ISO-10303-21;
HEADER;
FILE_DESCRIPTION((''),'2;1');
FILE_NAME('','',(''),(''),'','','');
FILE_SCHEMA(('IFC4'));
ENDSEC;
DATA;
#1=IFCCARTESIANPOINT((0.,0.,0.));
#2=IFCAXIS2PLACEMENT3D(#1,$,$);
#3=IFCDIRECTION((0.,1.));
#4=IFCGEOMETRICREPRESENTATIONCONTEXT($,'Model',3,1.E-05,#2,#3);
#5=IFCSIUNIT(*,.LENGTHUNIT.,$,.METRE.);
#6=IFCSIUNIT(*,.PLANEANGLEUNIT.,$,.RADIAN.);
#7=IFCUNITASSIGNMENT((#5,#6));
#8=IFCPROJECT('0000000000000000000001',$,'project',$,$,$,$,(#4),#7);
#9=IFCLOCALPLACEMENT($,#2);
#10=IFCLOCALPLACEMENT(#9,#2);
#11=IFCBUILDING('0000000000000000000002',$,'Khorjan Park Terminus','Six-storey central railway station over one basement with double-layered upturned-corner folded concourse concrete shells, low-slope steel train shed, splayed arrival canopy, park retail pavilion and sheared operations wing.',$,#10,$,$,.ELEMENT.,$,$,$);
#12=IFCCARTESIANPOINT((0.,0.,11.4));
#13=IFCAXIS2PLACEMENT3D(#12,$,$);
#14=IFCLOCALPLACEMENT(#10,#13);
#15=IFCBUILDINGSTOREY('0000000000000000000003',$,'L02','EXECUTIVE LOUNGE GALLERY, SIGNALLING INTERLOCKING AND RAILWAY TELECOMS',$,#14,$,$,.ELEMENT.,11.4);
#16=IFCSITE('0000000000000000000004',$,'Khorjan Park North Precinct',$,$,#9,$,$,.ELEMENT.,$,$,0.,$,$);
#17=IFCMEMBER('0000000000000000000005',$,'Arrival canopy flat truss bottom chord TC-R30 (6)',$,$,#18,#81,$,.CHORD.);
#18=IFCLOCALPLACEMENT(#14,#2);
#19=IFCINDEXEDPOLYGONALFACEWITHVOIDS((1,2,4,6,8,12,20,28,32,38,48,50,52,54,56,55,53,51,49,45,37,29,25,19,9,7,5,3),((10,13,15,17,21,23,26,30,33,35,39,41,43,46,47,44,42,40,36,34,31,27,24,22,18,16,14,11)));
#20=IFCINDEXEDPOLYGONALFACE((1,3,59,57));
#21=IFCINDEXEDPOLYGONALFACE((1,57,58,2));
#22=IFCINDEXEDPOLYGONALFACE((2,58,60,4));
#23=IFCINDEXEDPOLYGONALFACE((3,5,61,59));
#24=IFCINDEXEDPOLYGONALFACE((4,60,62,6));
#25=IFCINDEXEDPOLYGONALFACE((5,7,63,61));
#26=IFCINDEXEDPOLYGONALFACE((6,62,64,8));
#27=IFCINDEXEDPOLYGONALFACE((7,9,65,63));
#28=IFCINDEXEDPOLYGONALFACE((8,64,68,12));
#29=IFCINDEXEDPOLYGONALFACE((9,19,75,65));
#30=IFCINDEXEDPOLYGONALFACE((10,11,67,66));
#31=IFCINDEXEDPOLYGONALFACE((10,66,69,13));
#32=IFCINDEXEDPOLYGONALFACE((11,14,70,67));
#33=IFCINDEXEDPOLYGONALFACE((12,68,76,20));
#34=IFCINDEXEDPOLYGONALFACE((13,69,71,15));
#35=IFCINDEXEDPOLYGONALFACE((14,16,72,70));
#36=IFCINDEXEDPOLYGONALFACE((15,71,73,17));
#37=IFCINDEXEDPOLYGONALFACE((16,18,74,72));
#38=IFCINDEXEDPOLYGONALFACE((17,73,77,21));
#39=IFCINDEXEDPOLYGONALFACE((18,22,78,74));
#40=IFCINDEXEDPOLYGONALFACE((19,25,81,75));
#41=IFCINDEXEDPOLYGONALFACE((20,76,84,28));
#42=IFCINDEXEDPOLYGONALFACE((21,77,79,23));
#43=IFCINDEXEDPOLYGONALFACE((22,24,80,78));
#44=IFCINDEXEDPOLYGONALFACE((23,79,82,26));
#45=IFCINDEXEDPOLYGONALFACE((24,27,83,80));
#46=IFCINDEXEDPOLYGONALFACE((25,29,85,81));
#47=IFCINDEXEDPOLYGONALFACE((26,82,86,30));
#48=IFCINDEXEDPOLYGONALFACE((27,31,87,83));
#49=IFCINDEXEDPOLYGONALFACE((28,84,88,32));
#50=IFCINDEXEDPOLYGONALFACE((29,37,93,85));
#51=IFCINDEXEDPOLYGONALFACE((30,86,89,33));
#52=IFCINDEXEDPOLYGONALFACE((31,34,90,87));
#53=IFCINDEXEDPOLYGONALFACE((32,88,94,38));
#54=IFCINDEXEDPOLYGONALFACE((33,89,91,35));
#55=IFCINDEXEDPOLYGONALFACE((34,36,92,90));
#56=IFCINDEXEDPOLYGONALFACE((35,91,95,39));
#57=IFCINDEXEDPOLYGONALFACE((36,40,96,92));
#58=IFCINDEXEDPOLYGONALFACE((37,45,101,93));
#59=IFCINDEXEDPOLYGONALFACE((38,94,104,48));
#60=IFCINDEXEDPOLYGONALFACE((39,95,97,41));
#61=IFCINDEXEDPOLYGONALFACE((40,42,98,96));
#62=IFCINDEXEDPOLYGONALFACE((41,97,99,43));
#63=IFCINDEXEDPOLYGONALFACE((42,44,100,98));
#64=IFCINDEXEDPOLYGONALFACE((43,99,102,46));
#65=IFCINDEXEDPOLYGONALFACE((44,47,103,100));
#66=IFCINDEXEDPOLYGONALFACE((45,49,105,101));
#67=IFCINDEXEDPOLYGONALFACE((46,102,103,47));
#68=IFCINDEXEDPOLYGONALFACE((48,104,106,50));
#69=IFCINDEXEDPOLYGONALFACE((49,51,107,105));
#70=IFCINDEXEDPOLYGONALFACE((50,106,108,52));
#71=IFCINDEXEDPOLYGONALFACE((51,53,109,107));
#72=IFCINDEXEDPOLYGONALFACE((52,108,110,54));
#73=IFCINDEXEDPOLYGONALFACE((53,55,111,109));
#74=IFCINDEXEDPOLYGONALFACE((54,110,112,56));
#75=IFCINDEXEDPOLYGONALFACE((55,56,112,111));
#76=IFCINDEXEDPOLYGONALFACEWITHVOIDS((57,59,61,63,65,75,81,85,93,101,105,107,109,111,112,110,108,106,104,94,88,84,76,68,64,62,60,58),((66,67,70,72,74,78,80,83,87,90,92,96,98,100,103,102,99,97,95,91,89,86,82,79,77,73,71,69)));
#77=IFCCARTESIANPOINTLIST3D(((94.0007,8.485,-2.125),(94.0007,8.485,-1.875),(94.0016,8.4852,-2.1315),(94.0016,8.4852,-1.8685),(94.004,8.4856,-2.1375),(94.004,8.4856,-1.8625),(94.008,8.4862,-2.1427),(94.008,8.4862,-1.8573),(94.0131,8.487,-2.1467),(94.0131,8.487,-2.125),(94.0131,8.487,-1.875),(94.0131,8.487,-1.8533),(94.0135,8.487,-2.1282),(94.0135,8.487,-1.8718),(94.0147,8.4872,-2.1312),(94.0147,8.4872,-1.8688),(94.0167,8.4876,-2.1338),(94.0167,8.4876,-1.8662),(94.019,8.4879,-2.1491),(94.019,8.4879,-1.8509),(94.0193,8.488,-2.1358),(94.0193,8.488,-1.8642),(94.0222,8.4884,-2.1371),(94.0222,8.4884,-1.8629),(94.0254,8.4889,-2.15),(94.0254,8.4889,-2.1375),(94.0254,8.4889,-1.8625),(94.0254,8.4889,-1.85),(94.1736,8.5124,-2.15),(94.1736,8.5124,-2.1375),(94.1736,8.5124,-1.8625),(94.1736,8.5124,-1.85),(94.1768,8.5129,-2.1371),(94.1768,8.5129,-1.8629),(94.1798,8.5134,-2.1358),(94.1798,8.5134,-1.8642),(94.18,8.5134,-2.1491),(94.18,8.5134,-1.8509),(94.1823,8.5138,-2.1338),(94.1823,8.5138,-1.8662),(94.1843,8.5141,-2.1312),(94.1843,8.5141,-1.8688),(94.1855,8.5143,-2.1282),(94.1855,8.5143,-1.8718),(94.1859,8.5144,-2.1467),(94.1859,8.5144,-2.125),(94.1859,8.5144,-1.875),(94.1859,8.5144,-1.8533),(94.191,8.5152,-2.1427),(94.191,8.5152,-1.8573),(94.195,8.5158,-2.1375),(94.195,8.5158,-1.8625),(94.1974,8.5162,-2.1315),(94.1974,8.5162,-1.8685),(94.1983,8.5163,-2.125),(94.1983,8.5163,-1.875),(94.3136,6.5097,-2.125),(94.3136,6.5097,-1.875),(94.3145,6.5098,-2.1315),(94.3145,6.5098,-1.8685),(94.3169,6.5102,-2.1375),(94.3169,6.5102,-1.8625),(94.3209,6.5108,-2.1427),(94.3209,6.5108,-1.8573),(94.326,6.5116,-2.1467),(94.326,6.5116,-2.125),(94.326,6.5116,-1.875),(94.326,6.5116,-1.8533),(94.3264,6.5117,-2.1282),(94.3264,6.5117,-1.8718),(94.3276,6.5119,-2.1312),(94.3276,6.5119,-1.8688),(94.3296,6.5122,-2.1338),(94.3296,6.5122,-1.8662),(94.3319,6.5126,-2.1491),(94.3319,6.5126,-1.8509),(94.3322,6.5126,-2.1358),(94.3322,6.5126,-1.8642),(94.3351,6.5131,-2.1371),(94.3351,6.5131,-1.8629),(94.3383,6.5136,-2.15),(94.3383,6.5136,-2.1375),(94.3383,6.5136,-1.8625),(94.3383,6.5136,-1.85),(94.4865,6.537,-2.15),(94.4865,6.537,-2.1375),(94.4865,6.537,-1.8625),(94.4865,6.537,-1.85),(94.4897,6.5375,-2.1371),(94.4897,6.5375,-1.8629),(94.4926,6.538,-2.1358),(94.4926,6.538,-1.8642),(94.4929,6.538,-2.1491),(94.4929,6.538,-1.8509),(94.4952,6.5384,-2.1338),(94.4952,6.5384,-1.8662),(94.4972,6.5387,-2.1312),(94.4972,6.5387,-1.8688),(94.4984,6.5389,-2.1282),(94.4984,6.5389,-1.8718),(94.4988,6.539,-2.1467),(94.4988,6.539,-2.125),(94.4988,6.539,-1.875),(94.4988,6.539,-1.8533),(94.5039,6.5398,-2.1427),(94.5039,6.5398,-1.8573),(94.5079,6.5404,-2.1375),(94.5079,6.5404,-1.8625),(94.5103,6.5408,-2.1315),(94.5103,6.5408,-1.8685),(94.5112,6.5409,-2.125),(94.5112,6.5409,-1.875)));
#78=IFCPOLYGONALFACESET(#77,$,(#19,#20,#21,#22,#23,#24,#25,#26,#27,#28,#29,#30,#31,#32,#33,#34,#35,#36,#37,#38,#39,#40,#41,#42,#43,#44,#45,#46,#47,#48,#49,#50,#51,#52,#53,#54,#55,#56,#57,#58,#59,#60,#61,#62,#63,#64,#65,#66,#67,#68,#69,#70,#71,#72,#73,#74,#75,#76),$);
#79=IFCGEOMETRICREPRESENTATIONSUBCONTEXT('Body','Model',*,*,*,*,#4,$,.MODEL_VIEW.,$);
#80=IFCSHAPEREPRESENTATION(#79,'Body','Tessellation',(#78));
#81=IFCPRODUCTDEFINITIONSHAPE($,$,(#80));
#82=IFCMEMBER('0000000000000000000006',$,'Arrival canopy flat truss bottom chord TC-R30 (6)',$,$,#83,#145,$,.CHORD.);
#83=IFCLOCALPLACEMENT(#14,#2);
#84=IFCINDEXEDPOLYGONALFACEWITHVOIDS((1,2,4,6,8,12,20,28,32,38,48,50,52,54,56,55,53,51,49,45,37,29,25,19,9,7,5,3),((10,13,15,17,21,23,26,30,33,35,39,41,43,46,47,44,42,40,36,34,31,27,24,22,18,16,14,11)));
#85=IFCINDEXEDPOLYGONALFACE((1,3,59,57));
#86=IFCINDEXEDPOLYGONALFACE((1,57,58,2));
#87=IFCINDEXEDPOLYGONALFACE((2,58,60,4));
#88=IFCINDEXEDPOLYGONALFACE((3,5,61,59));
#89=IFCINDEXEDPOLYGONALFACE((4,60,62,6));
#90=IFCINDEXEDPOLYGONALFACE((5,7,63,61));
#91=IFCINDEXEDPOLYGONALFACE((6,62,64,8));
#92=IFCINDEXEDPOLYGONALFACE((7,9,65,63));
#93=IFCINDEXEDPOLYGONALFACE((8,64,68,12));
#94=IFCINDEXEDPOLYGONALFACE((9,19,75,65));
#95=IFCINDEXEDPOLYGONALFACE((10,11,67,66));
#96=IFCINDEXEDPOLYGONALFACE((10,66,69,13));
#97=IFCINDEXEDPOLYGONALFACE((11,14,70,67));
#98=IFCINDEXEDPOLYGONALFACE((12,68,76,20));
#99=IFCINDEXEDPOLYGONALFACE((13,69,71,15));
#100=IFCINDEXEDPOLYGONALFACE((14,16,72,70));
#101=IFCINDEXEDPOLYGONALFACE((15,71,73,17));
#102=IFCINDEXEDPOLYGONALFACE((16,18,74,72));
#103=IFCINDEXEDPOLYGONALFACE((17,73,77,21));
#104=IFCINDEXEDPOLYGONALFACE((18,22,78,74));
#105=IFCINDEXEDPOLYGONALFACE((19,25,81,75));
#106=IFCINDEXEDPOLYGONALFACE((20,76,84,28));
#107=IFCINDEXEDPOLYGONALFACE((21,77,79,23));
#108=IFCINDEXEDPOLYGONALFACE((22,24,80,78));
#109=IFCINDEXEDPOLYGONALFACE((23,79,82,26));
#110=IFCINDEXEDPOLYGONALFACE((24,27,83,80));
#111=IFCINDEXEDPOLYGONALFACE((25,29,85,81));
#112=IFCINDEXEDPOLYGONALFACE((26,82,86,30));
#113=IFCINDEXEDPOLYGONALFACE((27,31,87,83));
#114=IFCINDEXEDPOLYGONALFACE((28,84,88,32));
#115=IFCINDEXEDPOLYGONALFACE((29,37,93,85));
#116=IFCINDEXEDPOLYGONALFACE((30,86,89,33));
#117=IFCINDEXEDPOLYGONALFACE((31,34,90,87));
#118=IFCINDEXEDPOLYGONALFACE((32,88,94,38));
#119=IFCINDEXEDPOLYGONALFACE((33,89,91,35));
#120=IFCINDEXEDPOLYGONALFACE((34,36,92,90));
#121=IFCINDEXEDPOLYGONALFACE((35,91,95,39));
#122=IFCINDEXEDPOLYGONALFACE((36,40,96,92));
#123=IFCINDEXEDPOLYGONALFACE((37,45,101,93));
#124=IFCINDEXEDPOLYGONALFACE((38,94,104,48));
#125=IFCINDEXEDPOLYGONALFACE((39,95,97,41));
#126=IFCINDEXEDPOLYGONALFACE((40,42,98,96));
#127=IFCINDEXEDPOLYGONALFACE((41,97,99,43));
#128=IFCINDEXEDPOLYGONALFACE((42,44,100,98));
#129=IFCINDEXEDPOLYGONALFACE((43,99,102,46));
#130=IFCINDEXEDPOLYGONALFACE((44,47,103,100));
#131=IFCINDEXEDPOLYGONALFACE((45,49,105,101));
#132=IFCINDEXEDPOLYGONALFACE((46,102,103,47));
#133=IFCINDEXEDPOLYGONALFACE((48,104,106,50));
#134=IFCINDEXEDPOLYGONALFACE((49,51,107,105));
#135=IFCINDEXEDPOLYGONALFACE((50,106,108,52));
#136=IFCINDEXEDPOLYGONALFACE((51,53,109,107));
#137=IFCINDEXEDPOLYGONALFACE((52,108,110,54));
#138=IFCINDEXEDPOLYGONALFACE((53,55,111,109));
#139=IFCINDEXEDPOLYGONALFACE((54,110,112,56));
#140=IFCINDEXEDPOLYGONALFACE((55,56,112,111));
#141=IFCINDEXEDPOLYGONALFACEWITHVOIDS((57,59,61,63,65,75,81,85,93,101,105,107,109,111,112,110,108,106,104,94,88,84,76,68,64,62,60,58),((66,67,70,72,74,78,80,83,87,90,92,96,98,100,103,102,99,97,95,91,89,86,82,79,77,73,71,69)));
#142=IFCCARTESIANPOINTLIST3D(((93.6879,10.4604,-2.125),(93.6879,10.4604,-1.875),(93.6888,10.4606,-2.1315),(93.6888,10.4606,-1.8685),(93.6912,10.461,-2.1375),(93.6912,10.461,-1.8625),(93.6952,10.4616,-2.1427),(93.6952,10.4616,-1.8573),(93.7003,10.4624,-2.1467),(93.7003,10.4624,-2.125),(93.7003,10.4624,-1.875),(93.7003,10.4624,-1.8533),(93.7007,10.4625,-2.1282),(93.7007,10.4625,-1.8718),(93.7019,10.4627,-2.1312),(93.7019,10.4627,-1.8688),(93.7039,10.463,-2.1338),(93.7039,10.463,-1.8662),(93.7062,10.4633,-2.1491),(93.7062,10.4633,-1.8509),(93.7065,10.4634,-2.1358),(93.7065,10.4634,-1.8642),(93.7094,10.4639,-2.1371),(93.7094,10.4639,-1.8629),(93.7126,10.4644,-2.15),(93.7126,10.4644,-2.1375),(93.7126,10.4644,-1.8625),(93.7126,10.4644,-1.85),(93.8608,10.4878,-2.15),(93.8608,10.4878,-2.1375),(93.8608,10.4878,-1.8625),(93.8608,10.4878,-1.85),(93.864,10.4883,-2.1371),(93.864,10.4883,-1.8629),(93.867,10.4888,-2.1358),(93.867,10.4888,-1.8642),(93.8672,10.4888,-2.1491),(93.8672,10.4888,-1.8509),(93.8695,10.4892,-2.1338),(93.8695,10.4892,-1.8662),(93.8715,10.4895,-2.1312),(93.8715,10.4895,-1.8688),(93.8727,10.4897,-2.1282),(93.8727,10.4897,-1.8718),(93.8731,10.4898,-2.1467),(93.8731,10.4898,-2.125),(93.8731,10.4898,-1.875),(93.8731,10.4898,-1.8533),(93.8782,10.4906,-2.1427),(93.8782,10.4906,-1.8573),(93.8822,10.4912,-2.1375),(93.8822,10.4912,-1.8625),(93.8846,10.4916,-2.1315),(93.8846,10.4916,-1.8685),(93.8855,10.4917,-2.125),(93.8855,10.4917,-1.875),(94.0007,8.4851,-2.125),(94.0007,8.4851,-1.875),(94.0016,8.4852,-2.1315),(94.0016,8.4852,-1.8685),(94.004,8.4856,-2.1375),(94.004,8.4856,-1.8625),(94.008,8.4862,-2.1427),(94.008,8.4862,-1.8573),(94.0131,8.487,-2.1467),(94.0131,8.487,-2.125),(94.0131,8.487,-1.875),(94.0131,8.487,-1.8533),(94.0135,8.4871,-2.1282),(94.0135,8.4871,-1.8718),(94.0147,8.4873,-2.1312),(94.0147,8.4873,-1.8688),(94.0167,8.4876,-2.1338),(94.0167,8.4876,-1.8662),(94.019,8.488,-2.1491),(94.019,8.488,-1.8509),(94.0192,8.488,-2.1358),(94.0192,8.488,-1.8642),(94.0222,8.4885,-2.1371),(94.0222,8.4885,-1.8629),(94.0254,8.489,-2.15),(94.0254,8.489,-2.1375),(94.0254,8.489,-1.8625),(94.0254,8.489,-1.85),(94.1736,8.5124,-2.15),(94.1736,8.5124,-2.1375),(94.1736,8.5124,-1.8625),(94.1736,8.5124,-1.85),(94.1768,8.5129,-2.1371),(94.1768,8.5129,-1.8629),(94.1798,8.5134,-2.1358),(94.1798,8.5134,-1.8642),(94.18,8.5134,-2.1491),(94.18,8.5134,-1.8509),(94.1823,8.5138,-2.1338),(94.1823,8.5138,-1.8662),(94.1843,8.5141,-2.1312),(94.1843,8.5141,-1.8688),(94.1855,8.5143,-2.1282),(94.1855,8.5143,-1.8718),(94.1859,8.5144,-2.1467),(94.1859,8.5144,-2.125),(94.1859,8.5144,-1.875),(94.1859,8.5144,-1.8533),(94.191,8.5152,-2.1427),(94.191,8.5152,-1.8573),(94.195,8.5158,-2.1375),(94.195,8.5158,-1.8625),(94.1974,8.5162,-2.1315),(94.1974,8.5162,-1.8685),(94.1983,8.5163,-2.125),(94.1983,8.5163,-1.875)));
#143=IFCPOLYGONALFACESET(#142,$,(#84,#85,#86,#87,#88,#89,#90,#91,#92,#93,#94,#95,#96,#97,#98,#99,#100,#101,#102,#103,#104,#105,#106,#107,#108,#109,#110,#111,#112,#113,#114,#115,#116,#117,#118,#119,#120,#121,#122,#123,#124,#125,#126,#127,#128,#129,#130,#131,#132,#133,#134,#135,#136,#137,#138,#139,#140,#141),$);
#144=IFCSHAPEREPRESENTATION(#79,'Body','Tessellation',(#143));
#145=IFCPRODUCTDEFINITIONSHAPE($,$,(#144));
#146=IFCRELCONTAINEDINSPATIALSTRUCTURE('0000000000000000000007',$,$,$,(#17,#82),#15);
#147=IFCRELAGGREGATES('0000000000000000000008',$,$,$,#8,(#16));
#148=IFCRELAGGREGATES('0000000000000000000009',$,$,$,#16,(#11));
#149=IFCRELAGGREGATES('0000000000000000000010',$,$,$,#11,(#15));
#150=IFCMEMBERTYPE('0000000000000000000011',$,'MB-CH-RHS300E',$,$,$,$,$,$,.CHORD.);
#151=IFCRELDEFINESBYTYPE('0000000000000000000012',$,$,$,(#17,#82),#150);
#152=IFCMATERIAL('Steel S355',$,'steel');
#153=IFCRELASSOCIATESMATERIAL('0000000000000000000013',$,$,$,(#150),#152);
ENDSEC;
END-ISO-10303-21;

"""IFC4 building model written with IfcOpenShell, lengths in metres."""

from ifc_helpers import new_model, si_unit, direction, frame, origin, origin_2d, place, context, subcontext, project, spatial, hollow_rectangle, extrude, material, material_profile, profile_set, type_object, element, save


model = new_model("IFC4")

# Units and contexts
model_context = context("Model", 3, precision=1e-05, world=origin(), true_north=direction((0.0, 1.0)))
body_context = subcontext(model_context, "Body", "Model", "MODEL_VIEW")
ifc_project = project(units=[si_unit("LENGTHUNIT", "METRE"), si_unit("PLANEANGLEUNIT", "RADIAN")], contexts=[model_context])

# Site, building, storey
site_placement = place(None, origin())
site = spatial("IfcSite", under=ifc_project, at=site_placement, Name="Khorjan Park North Precinct", CompositionType="ELEMENT", RefElevation=0.0)
building_placement = place(site_placement, origin())
building = spatial("IfcBuilding", under=site, at=building_placement, Name="Khorjan Park Terminus", Description="Six-storey central railway station over one basement with double-layered upturned-corner folded concourse concrete shells, low-slope steel train shed, splayed arrival canopy, park retail pavilion and sheared operations wing.", CompositionType="ELEMENT")
storey_placement = place(building_placement, frame((0.0, 0.0, 11.4)))
storey = spatial("IfcBuildingStorey", under=building, at=storey_placement, Name="L02", Description="EXECUTIVE LOUNGE GALLERY, SIGNALLING INTERLOCKING AND RAILWAY TELECOMS", CompositionType="ELEMENT", Elevation=11.4)

# Members
ifc_material = material(Name="Steel S355", Category="steel")
ifc_material_profile_1 = material_profile(ifc_material, hollow_rectangle(XDim=0.2, YDim=0.3, WallThickness=0.0125, InnerFilletRadius=0.0125, OuterFilletRadius=0.025, at=origin_2d()), Name="RHS 300x200x12.5")
ifc_profile_set_1 = profile_set([ifc_material_profile_1], Name="Steel S355")
member_type_1 = type_object("IfcMemberType", Name="MB-CH-RHS300E", PredefinedType="CHORD", material=ifc_profile_set_1)
for number, where, z_axis, x_axis, name in (
    (1, (94.4124, 6.5253, -2.0), (-0.156448, 0.987686, 0.0), (-0.987686, -0.156448, 0.0), "Arrival canopy flat truss bottom chord TC-R30 (6)"),
    (2, (94.0995, 8.5007, -2.0), (-0.156399, 0.987694, 0.0), (-0.987694, -0.156399, 0.0), "Arrival canopy flat truss bottom chord TC-R30 (6)"),
):
    element("IfcMember", number, at=place(storey_placement, frame(where, z_axis=z_axis, x_axis=x_axis)), inside=storey, type_object=member_type_1, Name=name, PredefinedType="CHORD", context=body_context, shape_type="SweptSolid", body=[
        extrude(hollow_rectangle(XDim=0.2, YDim=0.3, WallThickness=0.0125, InnerFilletRadius=0.0125, OuterFilletRadius=0.025, at=origin_2d()), origin(), (0.0, 0.0, 1.0), 2.0),
    ])

save(model, "model.ifc")
